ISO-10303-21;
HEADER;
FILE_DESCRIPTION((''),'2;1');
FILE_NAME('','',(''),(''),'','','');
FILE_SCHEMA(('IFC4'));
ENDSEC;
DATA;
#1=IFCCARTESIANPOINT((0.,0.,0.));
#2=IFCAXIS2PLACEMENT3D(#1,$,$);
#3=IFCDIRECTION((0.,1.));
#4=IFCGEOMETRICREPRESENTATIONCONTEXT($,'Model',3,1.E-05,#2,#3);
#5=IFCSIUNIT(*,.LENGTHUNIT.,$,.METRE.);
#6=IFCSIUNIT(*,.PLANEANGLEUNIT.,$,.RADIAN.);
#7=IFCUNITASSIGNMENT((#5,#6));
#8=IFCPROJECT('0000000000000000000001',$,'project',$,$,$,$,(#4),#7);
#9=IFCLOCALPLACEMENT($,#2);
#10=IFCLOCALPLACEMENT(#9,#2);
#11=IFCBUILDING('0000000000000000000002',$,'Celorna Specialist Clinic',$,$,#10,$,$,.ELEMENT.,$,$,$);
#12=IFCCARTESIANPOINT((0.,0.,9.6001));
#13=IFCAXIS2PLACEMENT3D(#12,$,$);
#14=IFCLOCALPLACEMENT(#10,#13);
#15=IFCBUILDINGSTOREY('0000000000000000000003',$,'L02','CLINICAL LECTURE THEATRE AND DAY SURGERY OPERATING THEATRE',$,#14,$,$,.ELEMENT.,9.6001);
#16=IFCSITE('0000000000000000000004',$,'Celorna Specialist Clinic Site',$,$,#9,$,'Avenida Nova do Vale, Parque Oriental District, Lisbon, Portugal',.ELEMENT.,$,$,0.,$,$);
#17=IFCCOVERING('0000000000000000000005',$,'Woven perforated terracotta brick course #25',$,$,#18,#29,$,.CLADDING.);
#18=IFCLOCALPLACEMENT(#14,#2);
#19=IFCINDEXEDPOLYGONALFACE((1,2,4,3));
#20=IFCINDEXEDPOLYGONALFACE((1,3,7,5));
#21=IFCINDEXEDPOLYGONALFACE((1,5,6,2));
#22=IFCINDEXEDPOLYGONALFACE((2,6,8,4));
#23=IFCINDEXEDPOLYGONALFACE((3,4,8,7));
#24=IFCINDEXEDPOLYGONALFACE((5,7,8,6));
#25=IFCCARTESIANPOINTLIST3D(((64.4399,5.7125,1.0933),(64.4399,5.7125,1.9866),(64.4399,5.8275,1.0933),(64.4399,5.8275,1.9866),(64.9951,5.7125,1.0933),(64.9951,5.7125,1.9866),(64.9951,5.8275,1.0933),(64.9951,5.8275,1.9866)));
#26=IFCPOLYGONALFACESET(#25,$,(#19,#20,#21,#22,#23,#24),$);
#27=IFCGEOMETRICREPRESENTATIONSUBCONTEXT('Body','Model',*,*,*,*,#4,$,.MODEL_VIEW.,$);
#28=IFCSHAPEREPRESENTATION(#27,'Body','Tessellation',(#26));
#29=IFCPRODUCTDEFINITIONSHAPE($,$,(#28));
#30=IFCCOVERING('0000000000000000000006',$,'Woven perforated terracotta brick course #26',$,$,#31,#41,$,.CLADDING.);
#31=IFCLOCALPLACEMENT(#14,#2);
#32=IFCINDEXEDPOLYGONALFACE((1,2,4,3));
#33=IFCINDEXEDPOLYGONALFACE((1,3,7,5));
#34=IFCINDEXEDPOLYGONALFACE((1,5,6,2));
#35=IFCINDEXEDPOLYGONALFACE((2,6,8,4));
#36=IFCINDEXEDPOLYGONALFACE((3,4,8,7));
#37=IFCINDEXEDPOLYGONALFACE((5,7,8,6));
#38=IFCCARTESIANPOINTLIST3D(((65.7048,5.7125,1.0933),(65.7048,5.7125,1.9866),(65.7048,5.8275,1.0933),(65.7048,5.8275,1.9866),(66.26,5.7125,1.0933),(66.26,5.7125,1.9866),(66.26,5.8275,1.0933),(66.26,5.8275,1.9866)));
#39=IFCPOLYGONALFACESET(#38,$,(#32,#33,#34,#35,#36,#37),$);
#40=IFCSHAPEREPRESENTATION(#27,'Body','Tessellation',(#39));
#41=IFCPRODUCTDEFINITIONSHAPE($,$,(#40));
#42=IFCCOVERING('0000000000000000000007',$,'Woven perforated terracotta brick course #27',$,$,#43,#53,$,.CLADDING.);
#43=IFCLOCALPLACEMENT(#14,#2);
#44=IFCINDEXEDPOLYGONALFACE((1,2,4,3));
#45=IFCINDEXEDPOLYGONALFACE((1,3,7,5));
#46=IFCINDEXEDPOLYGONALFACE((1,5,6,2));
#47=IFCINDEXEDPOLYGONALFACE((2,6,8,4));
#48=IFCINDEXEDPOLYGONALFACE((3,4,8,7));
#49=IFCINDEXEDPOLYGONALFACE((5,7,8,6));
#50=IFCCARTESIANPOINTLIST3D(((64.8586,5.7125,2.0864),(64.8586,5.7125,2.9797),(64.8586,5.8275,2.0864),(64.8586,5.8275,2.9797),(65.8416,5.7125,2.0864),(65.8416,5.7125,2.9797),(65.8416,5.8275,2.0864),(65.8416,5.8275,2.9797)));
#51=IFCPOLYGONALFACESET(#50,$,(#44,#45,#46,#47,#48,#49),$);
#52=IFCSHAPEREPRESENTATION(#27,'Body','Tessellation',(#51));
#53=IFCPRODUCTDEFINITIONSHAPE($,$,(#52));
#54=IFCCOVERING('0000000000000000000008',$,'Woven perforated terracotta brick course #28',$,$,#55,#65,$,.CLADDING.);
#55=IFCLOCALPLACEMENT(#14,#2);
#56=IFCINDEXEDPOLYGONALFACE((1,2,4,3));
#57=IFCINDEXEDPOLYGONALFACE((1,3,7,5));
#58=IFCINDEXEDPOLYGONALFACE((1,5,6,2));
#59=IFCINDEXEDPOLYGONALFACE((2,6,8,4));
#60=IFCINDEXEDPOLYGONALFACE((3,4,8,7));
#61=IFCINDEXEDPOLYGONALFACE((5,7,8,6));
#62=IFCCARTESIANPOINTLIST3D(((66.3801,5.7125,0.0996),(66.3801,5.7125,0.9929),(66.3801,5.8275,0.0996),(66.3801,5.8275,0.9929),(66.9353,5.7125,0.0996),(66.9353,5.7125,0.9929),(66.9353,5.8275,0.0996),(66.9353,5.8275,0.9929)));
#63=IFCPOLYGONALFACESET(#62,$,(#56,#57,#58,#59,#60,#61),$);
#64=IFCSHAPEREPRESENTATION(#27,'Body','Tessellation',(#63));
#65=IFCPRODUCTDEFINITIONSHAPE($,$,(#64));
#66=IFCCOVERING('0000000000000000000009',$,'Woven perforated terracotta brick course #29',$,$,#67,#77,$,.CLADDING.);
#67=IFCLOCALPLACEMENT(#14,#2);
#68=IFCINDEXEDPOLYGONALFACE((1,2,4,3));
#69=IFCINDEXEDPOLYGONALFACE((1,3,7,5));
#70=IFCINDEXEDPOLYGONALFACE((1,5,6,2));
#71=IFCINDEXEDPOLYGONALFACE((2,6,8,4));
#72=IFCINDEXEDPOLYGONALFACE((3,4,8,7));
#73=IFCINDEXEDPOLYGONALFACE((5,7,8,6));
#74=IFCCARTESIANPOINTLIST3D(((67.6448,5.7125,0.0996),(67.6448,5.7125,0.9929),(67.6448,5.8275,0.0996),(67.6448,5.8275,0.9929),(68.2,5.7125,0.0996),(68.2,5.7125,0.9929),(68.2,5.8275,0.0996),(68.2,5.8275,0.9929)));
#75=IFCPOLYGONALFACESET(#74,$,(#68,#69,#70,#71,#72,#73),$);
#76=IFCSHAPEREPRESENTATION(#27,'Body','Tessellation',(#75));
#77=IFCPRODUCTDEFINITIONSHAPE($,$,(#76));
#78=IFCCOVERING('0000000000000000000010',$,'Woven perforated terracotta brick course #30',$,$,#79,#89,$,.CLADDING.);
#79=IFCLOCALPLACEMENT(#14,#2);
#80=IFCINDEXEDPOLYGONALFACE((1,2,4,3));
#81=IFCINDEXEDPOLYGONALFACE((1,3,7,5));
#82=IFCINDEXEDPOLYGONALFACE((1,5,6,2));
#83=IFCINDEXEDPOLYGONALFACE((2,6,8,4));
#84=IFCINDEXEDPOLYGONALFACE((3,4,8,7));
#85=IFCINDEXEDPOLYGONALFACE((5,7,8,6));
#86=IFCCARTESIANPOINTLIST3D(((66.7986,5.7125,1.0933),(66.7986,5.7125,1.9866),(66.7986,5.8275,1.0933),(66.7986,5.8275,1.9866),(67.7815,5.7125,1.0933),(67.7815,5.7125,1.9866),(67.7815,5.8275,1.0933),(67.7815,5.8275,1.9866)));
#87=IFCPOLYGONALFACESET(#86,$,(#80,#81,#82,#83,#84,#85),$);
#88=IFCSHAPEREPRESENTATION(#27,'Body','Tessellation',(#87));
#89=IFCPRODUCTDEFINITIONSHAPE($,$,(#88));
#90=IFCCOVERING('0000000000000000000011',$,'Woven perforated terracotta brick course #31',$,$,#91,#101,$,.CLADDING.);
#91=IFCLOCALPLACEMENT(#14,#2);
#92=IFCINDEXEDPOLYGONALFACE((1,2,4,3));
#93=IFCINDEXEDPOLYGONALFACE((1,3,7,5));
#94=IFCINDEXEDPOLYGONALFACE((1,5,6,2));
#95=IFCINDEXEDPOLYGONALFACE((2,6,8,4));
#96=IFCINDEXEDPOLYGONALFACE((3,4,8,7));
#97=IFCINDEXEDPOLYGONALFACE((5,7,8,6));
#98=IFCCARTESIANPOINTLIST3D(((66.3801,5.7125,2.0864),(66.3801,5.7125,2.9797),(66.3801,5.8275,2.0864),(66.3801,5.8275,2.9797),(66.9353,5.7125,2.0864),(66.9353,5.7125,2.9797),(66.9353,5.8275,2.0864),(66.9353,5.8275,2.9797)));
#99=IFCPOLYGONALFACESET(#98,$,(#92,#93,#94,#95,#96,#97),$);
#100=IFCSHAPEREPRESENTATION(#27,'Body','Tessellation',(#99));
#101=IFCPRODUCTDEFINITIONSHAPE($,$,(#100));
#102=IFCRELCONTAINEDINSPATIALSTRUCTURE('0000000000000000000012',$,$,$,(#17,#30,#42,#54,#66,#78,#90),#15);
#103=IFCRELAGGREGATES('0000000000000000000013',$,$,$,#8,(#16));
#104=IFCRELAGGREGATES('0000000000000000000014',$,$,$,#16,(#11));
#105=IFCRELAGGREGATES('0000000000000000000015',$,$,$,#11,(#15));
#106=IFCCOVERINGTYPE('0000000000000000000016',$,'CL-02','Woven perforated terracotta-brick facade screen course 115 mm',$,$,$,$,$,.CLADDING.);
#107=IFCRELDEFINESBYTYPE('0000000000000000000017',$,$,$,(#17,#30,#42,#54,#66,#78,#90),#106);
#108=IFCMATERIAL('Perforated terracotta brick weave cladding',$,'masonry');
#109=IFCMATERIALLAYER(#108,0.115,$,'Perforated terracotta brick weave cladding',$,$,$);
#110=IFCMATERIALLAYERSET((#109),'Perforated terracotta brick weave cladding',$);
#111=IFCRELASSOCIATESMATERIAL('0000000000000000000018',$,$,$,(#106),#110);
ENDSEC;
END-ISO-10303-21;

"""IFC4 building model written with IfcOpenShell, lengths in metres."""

from ifc_helpers import new_model, si_unit, direction, frame, origin, origin_2d, place, context, subcontext, project, spatial, rectangle, extrude, material, layer, layer_set, type_object, element, save


model = new_model("IFC4")

# Units and contexts
model_context = context("Model", 3, precision=1e-05, world=origin(), true_north=direction((0.0, 1.0)))
body_context = subcontext(model_context, "Body", "Model", "MODEL_VIEW")
ifc_project = project(units=[si_unit("LENGTHUNIT", "METRE"), si_unit("PLANEANGLEUNIT", "RADIAN")], contexts=[model_context])

# Site, building, storey
site_placement = place(None, origin())
site = spatial("IfcSite", under=ifc_project, at=site_placement, Name="Celorna Specialist Clinic Site", LongName="Avenida Nova do Vale, Parque Oriental District, Lisbon, Portugal", CompositionType="ELEMENT", RefElevation=0.0)
building_placement = place(site_placement, origin())
building = spatial("IfcBuilding", under=site, at=building_placement, Name="Celorna Specialist Clinic", CompositionType="ELEMENT")
storey_placement = place(building_placement, frame((0.0, 0.0, 9.6001)))
storey = spatial("IfcBuildingStorey", under=building, at=storey_placement, Name="L02", Description="CLINICAL LECTURE THEATRE AND DAY SURGERY OPERATING THEATRE", CompositionType="ELEMENT", Elevation=9.6001)

# Coverings
ifc_material_1 = material(Name="Perforated terracotta brick weave cladding", Category="masonry")
ifc_layer_1 = layer(ifc_material_1, 0.115, Name="Perforated terracotta brick weave cladding")
ifc_layer_set_1 = layer_set([ifc_layer_1], Name="Perforated terracotta brick weave cladding")
covering_type = type_object("IfcCoveringType", Name="CL-02", Description="Woven perforated terracotta-brick facade screen course 115 mm", PredefinedType="CLADDING", material=ifc_layer_set_1)
for number, where, z_axis, x_axis, name in (
    (1, (64.7175, 5.77, 1.0933), (0.0, 0.0, 1.0), (1.0, 0.0, 0.0), "Woven perforated terracotta brick course #25"),
    (2, (65.9824, 5.77, 1.0933), (0.0, 0.0, 1.0), (1.0, 0.0, 0.0), "Woven perforated terracotta brick course #26"),
):
    element("IfcCovering", number, at=place(storey_placement, frame(where, z_axis=z_axis, x_axis=x_axis)), inside=storey, type_object=covering_type, Name=name, PredefinedType="CLADDING", context=body_context, shape_type="SweptSolid", body=[
        extrude(rectangle(XDim=0.5552, YDim=0.115, at=origin_2d()), origin(), (0.0, 0.0, 1.0), 0.8933),
    ])
covering_1_placement = place(storey_placement, frame((65.3501, 5.77, 2.0864), z_axis=(0.0, 0.0, 1.0), x_axis=(1.0, 0.0, 0.0)))
element("IfcCovering", 3, at=covering_1_placement, inside=storey, type_object=covering_type, Name="Woven perforated terracotta brick course #27", PredefinedType="CLADDING", context=body_context, shape_type="SweptSolid", body=[
    extrude(rectangle(XDim=0.9829, YDim=0.115, at=origin_2d()), origin(), (0.0, 0.0, 1.0), 0.8933),
])
for number, where, z_axis, x_axis, name in (
    (4, (66.6577, 5.77, 0.0996), (0.0, 0.0, 1.0), (1.0, 0.0, 0.0), "Woven perforated terracotta brick course #28"),
    (5, (67.9224, 5.77, 0.0996), (0.0, 0.0, 1.0), (1.0, 0.0, 0.0), "Woven perforated terracotta brick course #29"),
):
    element("IfcCovering", number, at=place(storey_placement, frame(where, z_axis=z_axis, x_axis=x_axis)), inside=storey, type_object=covering_type, Name=name, PredefinedType="CLADDING", context=body_context, shape_type="SweptSolid", body=[
        extrude(rectangle(XDim=0.5552, YDim=0.115, at=origin_2d()), origin(), (0.0, 0.0, 1.0), 0.8933),
    ])
covering_2_placement = place(storey_placement, frame((67.29, 5.77, 1.0933), z_axis=(0.0, 0.0, 1.0), x_axis=(1.0, 0.0, 0.0)))
element("IfcCovering", 6, at=covering_2_placement, inside=storey, type_object=covering_type, Name="Woven perforated terracotta brick course #30", PredefinedType="CLADDING", context=body_context, shape_type="SweptSolid", body=[
    extrude(rectangle(XDim=0.9829, YDim=0.115, at=origin_2d()), origin(), (0.0, 0.0, 1.0), 0.8933),
])
covering_3_placement = place(storey_placement, frame((66.6577, 5.77, 2.0864), z_axis=(0.0, 0.0, 1.0), x_axis=(1.0, 0.0, 0.0)))
element("IfcCovering", 7, at=covering_3_placement, inside=storey, type_object=covering_type, Name="Woven perforated terracotta brick course #31", PredefinedType="CLADDING", context=body_context, shape_type="SweptSolid", body=[
    extrude(rectangle(XDim=0.5552, YDim=0.115, at=origin_2d()), origin(), (0.0, 0.0, 1.0), 0.8933),
])

save(model, "model.ifc")
